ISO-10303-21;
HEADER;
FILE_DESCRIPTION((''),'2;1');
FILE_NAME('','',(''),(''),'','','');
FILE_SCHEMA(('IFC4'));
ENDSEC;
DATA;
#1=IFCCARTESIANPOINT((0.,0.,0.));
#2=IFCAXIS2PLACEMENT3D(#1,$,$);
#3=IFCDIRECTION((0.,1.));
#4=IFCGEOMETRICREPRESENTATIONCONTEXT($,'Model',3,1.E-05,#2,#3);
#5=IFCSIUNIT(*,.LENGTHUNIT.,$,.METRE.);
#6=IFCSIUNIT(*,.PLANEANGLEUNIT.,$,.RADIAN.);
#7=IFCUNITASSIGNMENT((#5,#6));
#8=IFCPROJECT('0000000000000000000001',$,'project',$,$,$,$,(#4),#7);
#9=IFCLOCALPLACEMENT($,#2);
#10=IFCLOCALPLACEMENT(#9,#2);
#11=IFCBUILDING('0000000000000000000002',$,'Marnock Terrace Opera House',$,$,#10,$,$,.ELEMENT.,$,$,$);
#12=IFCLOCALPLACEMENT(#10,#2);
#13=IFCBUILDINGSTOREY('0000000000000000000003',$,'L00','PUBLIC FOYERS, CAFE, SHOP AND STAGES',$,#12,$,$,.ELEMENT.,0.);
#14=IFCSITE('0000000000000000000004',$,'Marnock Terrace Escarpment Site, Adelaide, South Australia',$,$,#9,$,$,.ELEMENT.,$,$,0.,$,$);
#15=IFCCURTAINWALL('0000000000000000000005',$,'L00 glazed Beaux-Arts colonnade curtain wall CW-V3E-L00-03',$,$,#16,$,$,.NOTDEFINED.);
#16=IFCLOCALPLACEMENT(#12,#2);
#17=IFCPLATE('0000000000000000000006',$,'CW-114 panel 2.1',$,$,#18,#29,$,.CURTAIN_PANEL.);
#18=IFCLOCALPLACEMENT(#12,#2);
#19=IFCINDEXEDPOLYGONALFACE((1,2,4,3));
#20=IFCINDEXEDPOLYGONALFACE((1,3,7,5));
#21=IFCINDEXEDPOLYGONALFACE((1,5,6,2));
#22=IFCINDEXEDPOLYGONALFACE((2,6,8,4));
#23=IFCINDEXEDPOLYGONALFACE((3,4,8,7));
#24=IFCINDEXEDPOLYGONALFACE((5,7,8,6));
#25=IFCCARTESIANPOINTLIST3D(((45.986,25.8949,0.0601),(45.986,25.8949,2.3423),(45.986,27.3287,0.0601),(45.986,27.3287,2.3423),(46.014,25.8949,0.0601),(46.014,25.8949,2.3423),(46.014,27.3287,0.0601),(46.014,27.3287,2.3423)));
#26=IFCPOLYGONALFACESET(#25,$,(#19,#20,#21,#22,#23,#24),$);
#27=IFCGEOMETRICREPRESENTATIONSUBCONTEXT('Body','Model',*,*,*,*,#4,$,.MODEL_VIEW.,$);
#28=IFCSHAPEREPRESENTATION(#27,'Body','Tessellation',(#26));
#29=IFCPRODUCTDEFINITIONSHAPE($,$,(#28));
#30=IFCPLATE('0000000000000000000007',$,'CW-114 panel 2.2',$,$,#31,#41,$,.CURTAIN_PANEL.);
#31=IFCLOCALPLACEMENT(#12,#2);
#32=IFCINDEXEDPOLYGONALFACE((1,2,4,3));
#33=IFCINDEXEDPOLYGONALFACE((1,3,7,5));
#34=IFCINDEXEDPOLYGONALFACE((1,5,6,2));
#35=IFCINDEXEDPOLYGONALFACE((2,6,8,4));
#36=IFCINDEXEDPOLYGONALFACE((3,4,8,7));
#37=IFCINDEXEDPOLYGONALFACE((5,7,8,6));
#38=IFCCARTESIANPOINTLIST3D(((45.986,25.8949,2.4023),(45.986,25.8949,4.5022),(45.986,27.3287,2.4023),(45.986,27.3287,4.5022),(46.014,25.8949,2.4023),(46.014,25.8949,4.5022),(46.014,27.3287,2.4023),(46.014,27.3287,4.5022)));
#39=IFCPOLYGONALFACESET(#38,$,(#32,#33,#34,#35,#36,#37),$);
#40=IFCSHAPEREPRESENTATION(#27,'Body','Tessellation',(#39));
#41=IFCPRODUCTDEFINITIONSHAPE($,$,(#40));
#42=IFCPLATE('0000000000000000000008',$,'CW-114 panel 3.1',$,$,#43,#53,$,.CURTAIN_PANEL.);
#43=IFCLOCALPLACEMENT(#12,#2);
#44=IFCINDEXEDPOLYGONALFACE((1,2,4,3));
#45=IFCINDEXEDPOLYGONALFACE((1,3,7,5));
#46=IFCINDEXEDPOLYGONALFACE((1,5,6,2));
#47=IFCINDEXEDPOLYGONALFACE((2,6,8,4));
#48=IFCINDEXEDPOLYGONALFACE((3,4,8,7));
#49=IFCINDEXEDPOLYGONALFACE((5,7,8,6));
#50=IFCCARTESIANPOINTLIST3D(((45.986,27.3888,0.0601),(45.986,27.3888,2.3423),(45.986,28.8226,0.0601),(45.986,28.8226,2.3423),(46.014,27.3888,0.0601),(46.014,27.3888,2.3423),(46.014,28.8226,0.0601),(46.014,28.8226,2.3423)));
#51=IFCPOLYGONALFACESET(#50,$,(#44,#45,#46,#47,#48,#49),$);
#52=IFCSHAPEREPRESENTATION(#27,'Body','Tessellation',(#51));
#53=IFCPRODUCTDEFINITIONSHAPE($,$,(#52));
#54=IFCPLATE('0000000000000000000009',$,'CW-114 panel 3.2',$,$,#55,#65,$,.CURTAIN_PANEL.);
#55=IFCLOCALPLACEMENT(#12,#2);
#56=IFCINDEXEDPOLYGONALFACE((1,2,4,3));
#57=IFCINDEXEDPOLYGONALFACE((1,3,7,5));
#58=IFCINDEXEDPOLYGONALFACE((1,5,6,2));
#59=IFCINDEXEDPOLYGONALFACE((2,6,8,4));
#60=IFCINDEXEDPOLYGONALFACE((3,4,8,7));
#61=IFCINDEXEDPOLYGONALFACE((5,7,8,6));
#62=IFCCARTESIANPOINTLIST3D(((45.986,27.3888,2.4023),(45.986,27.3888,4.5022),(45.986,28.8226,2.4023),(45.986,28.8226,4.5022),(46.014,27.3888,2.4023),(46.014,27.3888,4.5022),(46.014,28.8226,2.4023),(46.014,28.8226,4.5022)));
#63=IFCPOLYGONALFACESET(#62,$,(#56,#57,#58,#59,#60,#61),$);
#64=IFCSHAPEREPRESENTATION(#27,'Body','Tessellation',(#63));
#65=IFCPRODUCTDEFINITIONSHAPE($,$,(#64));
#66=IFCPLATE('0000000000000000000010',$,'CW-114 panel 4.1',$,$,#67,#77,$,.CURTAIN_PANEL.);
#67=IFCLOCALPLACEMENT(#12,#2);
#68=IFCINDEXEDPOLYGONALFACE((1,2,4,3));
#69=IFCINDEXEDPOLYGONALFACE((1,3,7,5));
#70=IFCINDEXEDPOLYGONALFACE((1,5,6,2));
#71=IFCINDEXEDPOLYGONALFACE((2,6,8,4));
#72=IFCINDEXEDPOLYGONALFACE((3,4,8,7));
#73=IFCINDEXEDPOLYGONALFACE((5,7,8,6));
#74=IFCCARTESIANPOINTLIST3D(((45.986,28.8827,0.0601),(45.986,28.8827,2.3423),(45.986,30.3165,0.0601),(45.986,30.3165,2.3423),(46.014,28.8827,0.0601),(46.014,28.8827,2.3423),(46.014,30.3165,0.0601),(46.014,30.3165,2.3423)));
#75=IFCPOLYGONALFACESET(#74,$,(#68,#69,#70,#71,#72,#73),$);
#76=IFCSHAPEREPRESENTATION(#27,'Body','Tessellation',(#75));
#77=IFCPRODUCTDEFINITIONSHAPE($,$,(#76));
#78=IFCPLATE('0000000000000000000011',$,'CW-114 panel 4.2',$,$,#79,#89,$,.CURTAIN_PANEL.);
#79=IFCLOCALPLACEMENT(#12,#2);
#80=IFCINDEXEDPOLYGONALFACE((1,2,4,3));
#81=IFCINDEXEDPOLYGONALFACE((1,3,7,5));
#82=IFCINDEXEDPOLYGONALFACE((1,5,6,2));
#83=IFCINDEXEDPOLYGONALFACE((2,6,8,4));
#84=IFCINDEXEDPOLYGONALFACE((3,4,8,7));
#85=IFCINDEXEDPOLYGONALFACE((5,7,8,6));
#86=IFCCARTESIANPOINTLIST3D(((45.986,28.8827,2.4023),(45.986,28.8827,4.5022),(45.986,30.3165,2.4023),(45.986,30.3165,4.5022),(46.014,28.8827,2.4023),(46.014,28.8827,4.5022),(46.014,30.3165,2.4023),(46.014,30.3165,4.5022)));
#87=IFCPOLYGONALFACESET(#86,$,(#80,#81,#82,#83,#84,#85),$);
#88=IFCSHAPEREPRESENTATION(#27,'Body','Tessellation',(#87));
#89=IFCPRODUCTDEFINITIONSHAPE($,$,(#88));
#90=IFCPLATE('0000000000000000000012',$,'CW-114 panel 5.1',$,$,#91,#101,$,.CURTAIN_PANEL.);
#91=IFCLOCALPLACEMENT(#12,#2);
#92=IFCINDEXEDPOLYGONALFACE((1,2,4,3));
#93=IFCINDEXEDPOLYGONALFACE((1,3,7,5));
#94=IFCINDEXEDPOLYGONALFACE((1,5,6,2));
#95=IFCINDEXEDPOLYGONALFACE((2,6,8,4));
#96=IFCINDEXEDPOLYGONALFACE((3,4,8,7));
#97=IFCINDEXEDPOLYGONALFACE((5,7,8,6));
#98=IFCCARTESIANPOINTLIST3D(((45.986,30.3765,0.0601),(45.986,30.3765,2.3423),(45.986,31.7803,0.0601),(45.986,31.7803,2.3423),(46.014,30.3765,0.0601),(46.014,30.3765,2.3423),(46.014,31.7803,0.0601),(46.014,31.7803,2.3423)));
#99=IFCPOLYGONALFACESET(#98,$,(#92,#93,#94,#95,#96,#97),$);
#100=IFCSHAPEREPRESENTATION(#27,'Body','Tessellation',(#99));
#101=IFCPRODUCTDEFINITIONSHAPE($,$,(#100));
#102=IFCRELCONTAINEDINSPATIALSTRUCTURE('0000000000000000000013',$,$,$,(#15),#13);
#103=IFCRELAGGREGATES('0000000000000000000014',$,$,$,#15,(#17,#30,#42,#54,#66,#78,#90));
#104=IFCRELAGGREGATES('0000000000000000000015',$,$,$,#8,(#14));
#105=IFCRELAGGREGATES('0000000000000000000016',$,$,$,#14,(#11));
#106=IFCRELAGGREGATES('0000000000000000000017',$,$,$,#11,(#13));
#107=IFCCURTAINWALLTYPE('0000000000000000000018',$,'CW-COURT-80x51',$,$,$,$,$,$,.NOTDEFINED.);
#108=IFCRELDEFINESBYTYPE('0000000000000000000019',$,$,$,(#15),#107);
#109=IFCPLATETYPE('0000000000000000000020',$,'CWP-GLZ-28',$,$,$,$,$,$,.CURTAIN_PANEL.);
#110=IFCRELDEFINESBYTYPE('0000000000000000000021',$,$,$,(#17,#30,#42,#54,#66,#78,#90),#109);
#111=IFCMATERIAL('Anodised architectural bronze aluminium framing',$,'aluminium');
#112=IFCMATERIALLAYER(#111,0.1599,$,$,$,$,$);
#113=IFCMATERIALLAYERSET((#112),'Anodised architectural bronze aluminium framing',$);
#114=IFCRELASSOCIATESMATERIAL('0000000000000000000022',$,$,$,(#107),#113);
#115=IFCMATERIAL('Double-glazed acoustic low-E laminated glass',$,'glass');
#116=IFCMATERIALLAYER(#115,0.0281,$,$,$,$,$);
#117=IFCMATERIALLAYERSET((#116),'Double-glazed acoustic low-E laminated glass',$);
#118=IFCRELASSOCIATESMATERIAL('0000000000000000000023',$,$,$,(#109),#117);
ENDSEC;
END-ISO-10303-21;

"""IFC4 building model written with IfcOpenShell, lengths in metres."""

from ifc_helpers import new_model, si_unit, direction, frame, origin, origin_2d, place, context, subcontext, project, spatial, rectangle, extrude, material, layer, layer_set, type_object, element, aggregate, save


model = new_model("IFC4")

# Units and contexts
model_context = context("Model", 3, precision=1e-05, world=origin(), true_north=direction((0.0, 1.0)))
body_context = subcontext(model_context, "Body", "Model", "MODEL_VIEW")
ifc_project = project(units=[si_unit("LENGTHUNIT", "METRE"), si_unit("PLANEANGLEUNIT", "RADIAN")], contexts=[model_context])

# Site, building, storey
site_placement = place(None, origin())
site = spatial("IfcSite", under=ifc_project, at=site_placement, Name="Marnock Terrace Escarpment Site, Adelaide, South Australia", CompositionType="ELEMENT", RefElevation=0.0)
building_placement = place(site_placement, origin())
building = spatial("IfcBuilding", under=site, at=building_placement, Name="Marnock Terrace Opera House", CompositionType="ELEMENT")
storey_placement = place(building_placement, origin())
storey = spatial("IfcBuildingStorey", under=building, at=storey_placement, Name="L00", Description="PUBLIC FOYERS, CAFE, SHOP AND STAGES", CompositionType="ELEMENT", Elevation=0.0)

# Curtain wall, plates
ifc_material_1 = material(Name="Anodised architectural bronze aluminium framing", Category="aluminium")
ifc_layer_1 = layer(ifc_material_1, 0.1599)
ifc_layer_set_1 = layer_set([ifc_layer_1], Name="Anodised architectural bronze aluminium framing")
curtain_wall_type = type_object("IfcCurtainWallType", Name="CW-COURT-80x51", PredefinedType="NOTDEFINED", material=ifc_layer_set_1)
curtain_wall_placement = place(storey_placement, origin())
curtain_wall = element("IfcCurtainWall", 1, at=curtain_wall_placement, inside=storey, type_object=curtain_wall_type, Name="L00 glazed Beaux-Arts colonnade curtain wall CW-V3E-L00-03", PredefinedType="NOTDEFINED")
ifc_material_2 = material(Name="Double-glazed acoustic low-E laminated glass", Category="glass")
ifc_layer_2 = layer(ifc_material_2, 0.0281)
ifc_layer_set_2 = layer_set([ifc_layer_2], Name="Double-glazed acoustic low-E laminated glass")
plate_type = type_object("IfcPlateType", Name="CWP-GLZ-28", PredefinedType="CURTAIN_PANEL", material=ifc_layer_set_2)
plate_1_placement = place(storey_placement, frame((46.0, 26.6118, 0.0601), z_axis=(0.0, 0.0, 1.0), x_axis=(0.0, 1.0, 0.0)))
plate_1 = element("IfcPlate", 2, at=plate_1_placement, type_object=plate_type, Name="CW-114 panel 2.1", PredefinedType="CURTAIN_PANEL", context=body_context, shape_type="SweptSolid", body=[
    extrude(rectangle(XDim=1.4338, YDim=0.0281, at=origin_2d()), origin(), (0.0, 0.0, 1.0), 2.2822),
])
plate_2_placement = place(storey_placement, frame((46.0, 26.6118, 2.4023), z_axis=(0.0, 0.0, 1.0), x_axis=(0.0, 1.0, 0.0)))
plate_2 = element("IfcPlate", 3, at=plate_2_placement, type_object=plate_type, Name="CW-114 panel 2.2", PredefinedType="CURTAIN_PANEL", context=body_context, shape_type="SweptSolid", body=[
    extrude(rectangle(XDim=1.4338, YDim=0.0281, at=origin_2d()), origin(), (0.0, 0.0, 1.0), 2.0999),
])
plate_3_placement = place(storey_placement, frame((46.0, 28.1057, 0.0601), z_axis=(0.0, 0.0, 1.0), x_axis=(0.0, 1.0, 0.0)))
plate_3 = element("IfcPlate", 4, at=plate_3_placement, type_object=plate_type, Name="CW-114 panel 3.1", PredefinedType="CURTAIN_PANEL", context=body_context, shape_type="SweptSolid", body=[
    extrude(rectangle(XDim=1.4338, YDim=0.0281, at=origin_2d()), origin(), (0.0, 0.0, 1.0), 2.2822),
])
plate_4_placement = place(storey_placement, frame((46.0, 28.1057, 2.4023), z_axis=(0.0, 0.0, 1.0), x_axis=(0.0, 1.0, 0.0)))
plate_4 = element("IfcPlate", 5, at=plate_4_placement, type_object=plate_type, Name="CW-114 panel 3.2", PredefinedType="CURTAIN_PANEL", context=body_context, shape_type="SweptSolid", body=[
    extrude(rectangle(XDim=1.4338, YDim=0.0281, at=origin_2d()), origin(), (0.0, 0.0, 1.0), 2.0999),
])
plate_5_placement = place(storey_placement, frame((46.0, 29.5996, 0.0601), z_axis=(0.0, 0.0, 1.0), x_axis=(0.0, 1.0, 0.0)))
plate_5 = element("IfcPlate", 6, at=plate_5_placement, type_object=plate_type, Name="CW-114 panel 4.1", PredefinedType="CURTAIN_PANEL", context=body_context, shape_type="SweptSolid", body=[
    extrude(rectangle(XDim=1.4338, YDim=0.0281, at=origin_2d()), origin(), (0.0, 0.0, 1.0), 2.2822),
])
plate_6_placement = place(storey_placement, frame((46.0, 29.5996, 2.4023), z_axis=(0.0, 0.0, 1.0), x_axis=(0.0, 1.0, 0.0)))
plate_6 = element("IfcPlate", 7, at=plate_6_placement, type_object=plate_type, Name="CW-114 panel 4.2", PredefinedType="CURTAIN_PANEL", context=body_context, shape_type="SweptSolid", body=[
    extrude(rectangle(XDim=1.4338, YDim=0.0281, at=origin_2d()), origin(), (0.0, 0.0, 1.0), 2.0999),
])
plate_7_placement = place(storey_placement, frame((46.0, 31.0784, 0.0601), z_axis=(0.0, 0.0, 1.0), x_axis=(0.0, 1.0, 0.0)))
plate_7 = element("IfcPlate", 8, at=plate_7_placement, type_object=plate_type, Name="CW-114 panel 5.1", PredefinedType="CURTAIN_PANEL", context=body_context, shape_type="SweptSolid", body=[
    extrude(rectangle(XDim=1.4038, YDim=0.0281, at=origin_2d()), origin(), (0.0, 0.0, 1.0), 2.2822),
])
aggregate(curtain_wall, [plate_1, plate_2, plate_3, plate_4, plate_5, plate_6, plate_7])

save(model, "model.ifc")
